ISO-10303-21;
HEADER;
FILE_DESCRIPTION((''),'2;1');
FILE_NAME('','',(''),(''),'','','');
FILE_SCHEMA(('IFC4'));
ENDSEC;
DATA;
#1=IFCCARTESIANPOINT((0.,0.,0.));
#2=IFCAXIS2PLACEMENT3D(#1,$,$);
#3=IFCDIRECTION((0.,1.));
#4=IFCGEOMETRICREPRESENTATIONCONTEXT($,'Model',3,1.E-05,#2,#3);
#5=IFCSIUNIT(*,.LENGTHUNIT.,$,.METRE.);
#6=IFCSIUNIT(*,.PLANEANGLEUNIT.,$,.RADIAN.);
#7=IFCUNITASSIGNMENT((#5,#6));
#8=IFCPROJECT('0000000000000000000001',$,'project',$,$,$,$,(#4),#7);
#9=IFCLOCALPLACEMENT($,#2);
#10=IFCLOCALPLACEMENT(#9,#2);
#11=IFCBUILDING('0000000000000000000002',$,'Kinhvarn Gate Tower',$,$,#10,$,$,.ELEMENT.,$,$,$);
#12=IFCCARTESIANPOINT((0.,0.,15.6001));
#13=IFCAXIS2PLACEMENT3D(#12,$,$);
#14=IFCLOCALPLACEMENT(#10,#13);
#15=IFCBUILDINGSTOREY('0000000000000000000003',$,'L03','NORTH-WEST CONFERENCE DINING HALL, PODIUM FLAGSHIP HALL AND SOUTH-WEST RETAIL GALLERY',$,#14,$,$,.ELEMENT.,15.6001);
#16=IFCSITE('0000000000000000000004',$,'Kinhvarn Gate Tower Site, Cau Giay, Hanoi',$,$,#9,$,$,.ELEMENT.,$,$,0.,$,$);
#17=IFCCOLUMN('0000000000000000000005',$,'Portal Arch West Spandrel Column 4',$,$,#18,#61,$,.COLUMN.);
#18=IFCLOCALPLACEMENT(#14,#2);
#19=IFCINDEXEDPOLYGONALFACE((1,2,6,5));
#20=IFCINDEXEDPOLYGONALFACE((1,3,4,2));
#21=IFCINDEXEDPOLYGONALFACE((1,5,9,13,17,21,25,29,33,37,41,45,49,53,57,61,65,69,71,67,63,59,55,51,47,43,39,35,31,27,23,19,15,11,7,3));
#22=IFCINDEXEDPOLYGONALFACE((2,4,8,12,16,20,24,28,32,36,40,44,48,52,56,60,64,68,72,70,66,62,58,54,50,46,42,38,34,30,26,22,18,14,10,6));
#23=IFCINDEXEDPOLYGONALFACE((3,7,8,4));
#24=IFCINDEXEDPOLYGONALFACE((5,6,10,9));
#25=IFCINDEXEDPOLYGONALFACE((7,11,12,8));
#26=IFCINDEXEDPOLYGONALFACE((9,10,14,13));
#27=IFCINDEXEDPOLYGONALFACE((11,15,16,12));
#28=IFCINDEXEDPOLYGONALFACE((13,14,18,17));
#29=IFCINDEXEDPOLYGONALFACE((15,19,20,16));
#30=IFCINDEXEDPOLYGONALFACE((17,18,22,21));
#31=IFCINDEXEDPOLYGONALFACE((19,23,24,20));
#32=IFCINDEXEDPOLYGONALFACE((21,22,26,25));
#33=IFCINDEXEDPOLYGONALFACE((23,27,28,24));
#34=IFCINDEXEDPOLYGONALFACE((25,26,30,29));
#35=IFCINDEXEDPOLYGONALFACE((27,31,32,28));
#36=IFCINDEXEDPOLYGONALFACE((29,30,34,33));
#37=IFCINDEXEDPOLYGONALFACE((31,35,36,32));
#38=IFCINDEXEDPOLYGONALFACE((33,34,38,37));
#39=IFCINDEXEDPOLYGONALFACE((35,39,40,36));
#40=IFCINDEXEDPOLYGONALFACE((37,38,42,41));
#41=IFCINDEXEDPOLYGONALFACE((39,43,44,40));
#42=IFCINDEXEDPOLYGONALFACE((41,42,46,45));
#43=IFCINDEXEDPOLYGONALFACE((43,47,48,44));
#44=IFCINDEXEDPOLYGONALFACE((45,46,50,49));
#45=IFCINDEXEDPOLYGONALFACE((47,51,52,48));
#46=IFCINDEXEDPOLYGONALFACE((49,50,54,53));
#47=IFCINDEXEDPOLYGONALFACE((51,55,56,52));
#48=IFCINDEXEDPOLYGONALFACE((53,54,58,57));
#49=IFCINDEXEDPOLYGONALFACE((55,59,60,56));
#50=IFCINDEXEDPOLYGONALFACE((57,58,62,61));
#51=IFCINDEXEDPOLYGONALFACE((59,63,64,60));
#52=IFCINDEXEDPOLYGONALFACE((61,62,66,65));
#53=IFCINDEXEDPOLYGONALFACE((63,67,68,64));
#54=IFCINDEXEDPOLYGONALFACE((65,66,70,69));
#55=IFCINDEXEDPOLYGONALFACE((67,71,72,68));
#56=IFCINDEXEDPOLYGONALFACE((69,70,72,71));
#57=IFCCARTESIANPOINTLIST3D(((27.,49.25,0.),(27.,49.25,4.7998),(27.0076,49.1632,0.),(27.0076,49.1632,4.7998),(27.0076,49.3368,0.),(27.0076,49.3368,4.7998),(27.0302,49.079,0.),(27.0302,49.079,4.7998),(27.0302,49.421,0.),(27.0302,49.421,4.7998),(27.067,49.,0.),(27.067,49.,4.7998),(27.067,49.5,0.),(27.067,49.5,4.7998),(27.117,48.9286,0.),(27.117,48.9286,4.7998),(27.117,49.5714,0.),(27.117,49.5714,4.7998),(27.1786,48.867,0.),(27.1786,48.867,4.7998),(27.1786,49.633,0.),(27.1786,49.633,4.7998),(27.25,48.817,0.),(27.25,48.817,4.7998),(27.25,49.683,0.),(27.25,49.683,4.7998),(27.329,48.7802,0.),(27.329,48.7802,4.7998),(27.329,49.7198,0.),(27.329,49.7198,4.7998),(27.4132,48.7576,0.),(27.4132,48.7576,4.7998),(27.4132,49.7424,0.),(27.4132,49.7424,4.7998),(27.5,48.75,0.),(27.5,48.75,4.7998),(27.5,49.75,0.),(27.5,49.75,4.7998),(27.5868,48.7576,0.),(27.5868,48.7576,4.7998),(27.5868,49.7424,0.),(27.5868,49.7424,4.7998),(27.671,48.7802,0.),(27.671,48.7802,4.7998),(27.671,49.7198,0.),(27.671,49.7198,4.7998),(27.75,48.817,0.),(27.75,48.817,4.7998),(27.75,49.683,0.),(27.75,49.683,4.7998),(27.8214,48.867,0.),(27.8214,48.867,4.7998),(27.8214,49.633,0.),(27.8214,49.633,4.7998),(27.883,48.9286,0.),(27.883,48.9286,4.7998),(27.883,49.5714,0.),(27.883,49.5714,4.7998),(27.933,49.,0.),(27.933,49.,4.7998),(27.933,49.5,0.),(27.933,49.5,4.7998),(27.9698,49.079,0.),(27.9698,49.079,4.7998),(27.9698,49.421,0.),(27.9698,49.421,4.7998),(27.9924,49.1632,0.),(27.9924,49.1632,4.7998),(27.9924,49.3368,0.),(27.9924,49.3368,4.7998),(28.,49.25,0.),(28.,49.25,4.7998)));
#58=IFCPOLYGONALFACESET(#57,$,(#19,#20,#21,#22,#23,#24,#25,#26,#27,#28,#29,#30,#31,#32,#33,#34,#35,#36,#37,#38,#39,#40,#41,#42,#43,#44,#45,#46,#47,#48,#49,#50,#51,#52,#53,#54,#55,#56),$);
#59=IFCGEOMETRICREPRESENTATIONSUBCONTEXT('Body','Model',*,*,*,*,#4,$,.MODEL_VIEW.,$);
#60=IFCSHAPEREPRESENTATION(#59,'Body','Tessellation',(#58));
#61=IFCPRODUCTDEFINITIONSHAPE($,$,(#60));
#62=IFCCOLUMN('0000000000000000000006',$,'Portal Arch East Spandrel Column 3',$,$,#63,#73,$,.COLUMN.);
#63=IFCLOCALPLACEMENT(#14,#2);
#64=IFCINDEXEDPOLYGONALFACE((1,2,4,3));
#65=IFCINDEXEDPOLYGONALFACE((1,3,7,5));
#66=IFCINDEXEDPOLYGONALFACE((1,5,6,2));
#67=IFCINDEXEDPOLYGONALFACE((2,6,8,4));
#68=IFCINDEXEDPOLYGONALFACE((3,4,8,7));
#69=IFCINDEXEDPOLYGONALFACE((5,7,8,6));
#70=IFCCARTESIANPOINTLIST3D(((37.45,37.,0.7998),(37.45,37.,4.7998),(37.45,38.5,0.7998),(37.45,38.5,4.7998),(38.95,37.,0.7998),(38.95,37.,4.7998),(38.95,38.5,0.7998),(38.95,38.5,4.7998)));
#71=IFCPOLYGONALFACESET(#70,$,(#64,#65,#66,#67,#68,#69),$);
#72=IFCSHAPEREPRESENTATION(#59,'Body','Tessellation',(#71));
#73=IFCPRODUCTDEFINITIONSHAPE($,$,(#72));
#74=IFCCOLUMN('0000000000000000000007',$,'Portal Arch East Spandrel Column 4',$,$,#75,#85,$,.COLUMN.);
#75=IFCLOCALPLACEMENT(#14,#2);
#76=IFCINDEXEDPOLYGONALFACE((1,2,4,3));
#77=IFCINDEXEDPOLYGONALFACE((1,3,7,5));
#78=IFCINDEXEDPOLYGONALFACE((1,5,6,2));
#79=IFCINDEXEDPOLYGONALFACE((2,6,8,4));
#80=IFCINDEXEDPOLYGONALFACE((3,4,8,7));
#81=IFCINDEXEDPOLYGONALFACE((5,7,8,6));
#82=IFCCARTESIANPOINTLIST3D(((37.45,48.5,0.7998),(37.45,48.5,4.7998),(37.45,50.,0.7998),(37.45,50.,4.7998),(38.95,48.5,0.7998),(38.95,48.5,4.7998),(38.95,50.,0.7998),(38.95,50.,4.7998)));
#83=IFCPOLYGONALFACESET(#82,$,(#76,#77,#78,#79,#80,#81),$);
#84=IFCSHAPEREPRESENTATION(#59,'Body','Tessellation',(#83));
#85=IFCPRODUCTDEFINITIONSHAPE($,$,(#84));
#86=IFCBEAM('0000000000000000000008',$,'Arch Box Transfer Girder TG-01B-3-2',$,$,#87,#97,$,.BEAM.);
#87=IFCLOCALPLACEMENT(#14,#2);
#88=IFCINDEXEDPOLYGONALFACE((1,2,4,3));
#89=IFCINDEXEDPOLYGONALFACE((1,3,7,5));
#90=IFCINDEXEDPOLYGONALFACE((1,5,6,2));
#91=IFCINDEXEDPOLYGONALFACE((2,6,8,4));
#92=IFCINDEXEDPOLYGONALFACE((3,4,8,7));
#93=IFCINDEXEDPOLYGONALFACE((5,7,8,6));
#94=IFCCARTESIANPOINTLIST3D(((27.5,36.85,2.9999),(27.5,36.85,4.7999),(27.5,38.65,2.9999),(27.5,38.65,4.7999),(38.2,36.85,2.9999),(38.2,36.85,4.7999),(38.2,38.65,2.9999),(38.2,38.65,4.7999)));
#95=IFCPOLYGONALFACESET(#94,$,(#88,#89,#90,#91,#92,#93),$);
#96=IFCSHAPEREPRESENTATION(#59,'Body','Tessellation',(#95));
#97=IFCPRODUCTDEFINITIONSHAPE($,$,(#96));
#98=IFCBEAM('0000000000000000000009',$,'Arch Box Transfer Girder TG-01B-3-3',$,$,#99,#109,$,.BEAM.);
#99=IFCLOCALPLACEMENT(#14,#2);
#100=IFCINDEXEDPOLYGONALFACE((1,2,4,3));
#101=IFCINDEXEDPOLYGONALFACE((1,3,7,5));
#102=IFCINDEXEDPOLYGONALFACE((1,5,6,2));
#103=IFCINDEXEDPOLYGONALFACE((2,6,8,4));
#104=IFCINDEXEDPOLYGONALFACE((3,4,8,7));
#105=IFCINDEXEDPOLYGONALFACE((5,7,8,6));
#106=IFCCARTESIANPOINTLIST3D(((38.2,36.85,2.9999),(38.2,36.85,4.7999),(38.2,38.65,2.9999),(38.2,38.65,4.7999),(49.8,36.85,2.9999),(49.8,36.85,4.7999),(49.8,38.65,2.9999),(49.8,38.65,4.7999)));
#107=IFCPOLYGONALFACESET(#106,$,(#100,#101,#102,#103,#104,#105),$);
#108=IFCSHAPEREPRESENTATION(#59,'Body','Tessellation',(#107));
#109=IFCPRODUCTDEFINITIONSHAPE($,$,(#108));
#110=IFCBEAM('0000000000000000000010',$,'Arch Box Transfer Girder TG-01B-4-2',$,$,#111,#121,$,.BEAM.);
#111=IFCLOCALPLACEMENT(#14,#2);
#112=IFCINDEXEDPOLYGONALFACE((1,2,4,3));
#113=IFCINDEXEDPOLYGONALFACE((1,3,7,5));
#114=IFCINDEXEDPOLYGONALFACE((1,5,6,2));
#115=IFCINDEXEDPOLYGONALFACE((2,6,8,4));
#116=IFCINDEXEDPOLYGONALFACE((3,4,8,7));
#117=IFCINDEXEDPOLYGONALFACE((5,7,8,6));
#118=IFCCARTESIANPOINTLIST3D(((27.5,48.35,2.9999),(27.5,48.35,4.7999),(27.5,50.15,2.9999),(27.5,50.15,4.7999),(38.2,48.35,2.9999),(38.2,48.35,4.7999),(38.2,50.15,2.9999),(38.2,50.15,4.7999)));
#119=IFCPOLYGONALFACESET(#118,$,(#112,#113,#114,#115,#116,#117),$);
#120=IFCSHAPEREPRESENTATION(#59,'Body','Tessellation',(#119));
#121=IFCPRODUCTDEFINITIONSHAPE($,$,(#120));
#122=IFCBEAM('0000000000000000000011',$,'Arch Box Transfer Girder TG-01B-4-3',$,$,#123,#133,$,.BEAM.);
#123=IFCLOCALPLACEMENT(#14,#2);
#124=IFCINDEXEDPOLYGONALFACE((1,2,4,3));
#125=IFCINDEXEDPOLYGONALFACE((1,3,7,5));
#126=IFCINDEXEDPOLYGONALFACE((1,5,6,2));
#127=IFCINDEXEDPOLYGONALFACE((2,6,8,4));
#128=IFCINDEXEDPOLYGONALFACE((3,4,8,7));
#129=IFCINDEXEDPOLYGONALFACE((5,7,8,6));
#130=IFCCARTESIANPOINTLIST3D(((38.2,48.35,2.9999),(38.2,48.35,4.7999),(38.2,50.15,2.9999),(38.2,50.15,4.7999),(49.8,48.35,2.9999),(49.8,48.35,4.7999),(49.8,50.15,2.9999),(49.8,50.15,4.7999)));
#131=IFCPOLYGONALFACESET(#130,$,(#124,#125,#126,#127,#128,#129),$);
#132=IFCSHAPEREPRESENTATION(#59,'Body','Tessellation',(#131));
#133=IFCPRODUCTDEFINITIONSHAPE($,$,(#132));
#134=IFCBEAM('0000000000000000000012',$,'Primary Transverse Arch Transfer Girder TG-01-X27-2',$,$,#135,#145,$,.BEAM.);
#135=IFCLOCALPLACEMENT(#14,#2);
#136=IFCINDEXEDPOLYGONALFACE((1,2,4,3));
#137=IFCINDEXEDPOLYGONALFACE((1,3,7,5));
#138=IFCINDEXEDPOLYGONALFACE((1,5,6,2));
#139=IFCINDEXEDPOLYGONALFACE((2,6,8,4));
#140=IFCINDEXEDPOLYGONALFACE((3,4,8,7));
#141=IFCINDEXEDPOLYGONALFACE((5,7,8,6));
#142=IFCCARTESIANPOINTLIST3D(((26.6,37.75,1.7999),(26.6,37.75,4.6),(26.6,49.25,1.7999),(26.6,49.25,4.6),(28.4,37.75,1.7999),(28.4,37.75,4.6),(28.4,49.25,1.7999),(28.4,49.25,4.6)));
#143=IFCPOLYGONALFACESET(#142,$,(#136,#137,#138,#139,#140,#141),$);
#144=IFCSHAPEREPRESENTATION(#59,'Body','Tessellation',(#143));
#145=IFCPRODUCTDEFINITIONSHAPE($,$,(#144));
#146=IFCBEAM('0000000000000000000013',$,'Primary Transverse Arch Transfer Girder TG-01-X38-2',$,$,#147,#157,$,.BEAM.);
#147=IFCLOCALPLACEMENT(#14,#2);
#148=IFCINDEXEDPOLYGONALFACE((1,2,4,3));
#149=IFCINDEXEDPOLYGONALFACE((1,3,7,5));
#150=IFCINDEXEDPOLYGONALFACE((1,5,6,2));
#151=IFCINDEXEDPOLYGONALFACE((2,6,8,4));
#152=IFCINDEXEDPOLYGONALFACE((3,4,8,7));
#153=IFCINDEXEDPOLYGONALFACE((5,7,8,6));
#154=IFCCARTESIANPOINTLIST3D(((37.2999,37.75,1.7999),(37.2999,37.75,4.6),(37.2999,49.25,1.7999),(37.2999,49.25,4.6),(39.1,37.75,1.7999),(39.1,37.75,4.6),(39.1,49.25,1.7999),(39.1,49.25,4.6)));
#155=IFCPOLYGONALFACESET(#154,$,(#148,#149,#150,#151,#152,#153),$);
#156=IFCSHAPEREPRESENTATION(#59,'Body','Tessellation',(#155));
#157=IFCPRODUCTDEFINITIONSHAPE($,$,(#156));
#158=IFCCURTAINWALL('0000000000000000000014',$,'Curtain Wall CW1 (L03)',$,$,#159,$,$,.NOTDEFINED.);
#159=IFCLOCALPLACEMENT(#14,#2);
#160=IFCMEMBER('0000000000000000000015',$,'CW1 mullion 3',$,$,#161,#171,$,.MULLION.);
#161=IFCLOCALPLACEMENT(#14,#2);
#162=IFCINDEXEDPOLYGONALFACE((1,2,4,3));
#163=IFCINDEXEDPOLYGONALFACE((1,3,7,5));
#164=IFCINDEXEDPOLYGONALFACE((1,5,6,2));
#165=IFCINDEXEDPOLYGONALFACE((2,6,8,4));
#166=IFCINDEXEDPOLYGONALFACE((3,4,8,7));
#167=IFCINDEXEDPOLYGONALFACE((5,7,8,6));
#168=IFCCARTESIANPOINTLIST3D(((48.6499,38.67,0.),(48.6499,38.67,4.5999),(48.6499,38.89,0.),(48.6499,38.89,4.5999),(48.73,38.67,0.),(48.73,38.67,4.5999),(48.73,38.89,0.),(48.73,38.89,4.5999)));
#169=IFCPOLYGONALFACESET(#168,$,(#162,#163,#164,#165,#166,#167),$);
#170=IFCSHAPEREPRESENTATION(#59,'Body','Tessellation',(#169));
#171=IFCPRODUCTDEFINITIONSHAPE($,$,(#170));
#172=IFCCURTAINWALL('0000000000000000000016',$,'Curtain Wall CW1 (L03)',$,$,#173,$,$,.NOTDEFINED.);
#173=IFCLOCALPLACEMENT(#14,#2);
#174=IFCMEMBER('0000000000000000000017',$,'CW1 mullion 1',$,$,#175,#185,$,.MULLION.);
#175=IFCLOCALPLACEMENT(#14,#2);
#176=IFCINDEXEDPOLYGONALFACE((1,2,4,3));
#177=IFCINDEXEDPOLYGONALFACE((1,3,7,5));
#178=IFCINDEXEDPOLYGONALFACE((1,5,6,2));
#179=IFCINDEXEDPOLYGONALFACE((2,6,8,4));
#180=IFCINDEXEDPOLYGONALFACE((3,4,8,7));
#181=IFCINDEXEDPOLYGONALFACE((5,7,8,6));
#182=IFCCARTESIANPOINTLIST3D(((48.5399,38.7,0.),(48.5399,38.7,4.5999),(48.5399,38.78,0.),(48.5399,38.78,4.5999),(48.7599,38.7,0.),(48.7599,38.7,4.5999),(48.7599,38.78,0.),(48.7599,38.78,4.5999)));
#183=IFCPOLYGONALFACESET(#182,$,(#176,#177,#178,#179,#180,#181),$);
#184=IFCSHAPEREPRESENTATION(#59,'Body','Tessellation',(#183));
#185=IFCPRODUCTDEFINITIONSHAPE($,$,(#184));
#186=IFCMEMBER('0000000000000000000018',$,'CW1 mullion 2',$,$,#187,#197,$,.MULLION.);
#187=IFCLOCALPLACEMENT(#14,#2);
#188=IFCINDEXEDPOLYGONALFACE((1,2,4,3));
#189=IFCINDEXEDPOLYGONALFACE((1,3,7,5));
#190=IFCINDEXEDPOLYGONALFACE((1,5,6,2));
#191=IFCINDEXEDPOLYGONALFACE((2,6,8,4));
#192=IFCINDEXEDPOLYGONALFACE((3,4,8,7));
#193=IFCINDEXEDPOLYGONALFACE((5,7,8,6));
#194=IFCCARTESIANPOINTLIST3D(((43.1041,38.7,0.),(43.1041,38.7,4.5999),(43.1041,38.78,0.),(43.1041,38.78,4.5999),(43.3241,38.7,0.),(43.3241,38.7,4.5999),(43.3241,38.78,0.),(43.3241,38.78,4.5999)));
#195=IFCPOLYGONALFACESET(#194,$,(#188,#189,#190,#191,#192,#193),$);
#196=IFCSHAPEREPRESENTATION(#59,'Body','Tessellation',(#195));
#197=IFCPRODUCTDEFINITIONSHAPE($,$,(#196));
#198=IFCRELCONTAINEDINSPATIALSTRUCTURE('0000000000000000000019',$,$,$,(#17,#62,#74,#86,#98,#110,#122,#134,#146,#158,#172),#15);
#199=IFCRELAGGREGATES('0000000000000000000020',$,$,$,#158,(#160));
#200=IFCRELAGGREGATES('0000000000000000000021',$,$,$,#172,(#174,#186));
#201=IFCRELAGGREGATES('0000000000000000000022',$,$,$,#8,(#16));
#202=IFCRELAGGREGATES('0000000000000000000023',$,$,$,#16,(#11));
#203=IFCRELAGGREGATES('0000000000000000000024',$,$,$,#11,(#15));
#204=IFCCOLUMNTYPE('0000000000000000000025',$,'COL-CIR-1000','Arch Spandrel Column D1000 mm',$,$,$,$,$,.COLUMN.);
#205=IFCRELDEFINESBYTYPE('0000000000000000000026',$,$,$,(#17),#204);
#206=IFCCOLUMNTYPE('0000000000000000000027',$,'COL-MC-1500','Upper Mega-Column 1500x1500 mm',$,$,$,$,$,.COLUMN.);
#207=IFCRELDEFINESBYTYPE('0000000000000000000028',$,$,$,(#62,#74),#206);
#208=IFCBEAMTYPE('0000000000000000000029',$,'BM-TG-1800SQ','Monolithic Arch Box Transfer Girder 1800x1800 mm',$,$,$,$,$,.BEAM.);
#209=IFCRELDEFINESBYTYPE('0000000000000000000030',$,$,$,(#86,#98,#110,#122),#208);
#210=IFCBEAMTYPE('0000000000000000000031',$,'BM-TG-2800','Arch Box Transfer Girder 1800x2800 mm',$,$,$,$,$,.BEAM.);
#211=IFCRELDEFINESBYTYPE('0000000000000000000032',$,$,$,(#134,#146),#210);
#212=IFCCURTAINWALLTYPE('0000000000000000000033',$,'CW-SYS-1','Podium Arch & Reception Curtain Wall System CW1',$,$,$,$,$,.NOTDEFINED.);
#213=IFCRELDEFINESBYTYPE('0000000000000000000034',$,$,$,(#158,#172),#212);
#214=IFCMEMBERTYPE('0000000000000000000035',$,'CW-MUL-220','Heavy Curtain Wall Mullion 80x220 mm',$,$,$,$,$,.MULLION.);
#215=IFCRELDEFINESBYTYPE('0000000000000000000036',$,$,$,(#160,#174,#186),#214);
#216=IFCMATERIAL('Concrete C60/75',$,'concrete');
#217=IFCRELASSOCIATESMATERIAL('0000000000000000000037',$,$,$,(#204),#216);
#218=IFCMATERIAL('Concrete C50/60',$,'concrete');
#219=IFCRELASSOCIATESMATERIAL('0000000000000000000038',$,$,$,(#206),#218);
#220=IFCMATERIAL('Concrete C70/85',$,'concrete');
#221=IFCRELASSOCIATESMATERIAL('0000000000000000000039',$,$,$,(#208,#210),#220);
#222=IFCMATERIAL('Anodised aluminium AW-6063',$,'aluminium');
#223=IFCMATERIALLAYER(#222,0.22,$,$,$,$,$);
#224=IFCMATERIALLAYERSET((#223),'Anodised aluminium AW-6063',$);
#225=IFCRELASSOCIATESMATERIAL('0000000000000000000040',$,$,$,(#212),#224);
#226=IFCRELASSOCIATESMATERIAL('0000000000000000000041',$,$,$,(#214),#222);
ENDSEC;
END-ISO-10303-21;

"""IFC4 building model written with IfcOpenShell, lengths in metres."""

from ifc_helpers import new_model, si_unit, direction, frame, origin, origin_2d, place, context, subcontext, project, spatial, rectangle, circle, extrude, material, layer, layer_set, material_profile, profile_set, type_object, element, aggregate, save


model = new_model("IFC4")

# Units and contexts
model_context = context("Model", 3, precision=1e-05, world=origin(), true_north=direction((0.0, 1.0)))
body_context = subcontext(model_context, "Body", "Model", "MODEL_VIEW")
ifc_project = project(units=[si_unit("LENGTHUNIT", "METRE"), si_unit("PLANEANGLEUNIT", "RADIAN")], contexts=[model_context])

# Site, building, storey
site_placement = place(None, origin())
site = spatial("IfcSite", under=ifc_project, at=site_placement, Name="Kinhvarn Gate Tower Site, Cau Giay, Hanoi", CompositionType="ELEMENT", RefElevation=0.0)
building_placement = place(site_placement, origin())
building = spatial("IfcBuilding", under=site, at=building_placement, Name="Kinhvarn Gate Tower", CompositionType="ELEMENT")
storey_placement = place(building_placement, frame((0.0, 0.0, 15.6001)))
storey = spatial("IfcBuildingStorey", under=building, at=storey_placement, Name="L03", Description="NORTH-WEST CONFERENCE DINING HALL, PODIUM FLAGSHIP HALL AND SOUTH-WEST RETAIL GALLERY", CompositionType="ELEMENT", Elevation=15.6001)

# Columns
ifc_material_1 = material(Name="Concrete C60/75", Category="concrete")
ifc_material_profile_1 = material_profile(ifc_material_1, circle(Radius=0.5, at=origin_2d()), Name="RC D1000")
ifc_profile_set_1 = profile_set([ifc_material_profile_1], Name="Concrete C60/75")
column_type_1 = type_object("IfcColumnType", Name="COL-CIR-1000", Description="Arch Spandrel Column D1000 mm", PredefinedType="COLUMN", material=ifc_profile_set_1)
column_placement = place(storey_placement, frame((27.5, 49.25, 0.0), z_axis=(0.0, 0.0, 1.0), x_axis=(1.0, 0.0, 0.0)))
element("IfcColumn", 1, at=column_placement, inside=storey, type_object=column_type_1, Name="Portal Arch West Spandrel Column 4", PredefinedType="COLUMN", context=body_context, shape_type="SweptSolid", body=[
    extrude(circle(Radius=0.5, at=origin_2d()), origin(), (0.0, 0.0, 1.0), 4.7998),
])
ifc_material_2 = material(Name="Concrete C50/60", Category="concrete")
ifc_material_profile_2 = material_profile(ifc_material_2, rectangle(XDim=1.5, YDim=1.5, at=origin_2d()), Name="RC 1500x1500")
ifc_profile_set_2 = profile_set([ifc_material_profile_2], Name="Concrete C50/60")
column_type_2 = type_object("IfcColumnType", Name="COL-MC-1500", Description="Upper Mega-Column 1500x1500 mm", PredefinedType="COLUMN", material=ifc_profile_set_2)
for number, where, z_axis, x_axis, name in (
    (2, (38.2, 37.75, 0.7998), (0.0, 0.0, 1.0), (1.0, 0.0, 0.0), "Portal Arch East Spandrel Column 3"),
    (3, (38.2, 49.25, 0.7998), (0.0, 0.0, 1.0), (1.0, 0.0, 0.0), "Portal Arch East Spandrel Column 4"),
):
    element("IfcColumn", number, at=place(storey_placement, frame(where, z_axis=z_axis, x_axis=x_axis)), inside=storey, type_object=column_type_2, Name=name, PredefinedType="COLUMN", context=body_context, shape_type="SweptSolid", body=[
        extrude(rectangle(XDim=1.5, YDim=1.5, at=origin_2d()), origin(), (0.0, 0.0, 1.0), 4.0),
    ])

# Beams
ifc_material_3 = material(Name="Concrete C70/85", Category="concrete")
ifc_material_profile_3 = material_profile(ifc_material_3, rectangle(XDim=1.8, YDim=1.8, at=origin_2d()), Name="RC 1800x1800")
ifc_profile_set_3 = profile_set([ifc_material_profile_3], Name="Concrete C70/85")
beam_type_1 = type_object("IfcBeamType", Name="BM-TG-1800SQ", Description="Monolithic Arch Box Transfer Girder 1800x1800 mm", PredefinedType="BEAM", material=ifc_profile_set_3)
beam_1_placement = place(storey_placement, frame((27.5, 37.75, 3.8999), z_axis=(1.0, 0.0, 0.0), x_axis=(0.0, 1.0, 0.0)))
element("IfcBeam", 4, at=beam_1_placement, inside=storey, type_object=beam_type_1, Name="Arch Box Transfer Girder TG-01B-3-2", PredefinedType="BEAM", context=body_context, shape_type="SweptSolid", body=[
    extrude(rectangle(XDim=1.8, YDim=1.8, at=origin_2d()), origin(), (0.0, 0.0, 1.0), 10.7),
])
beam_2_placement = place(storey_placement, frame((38.2, 37.75, 3.8999), z_axis=(1.0, 0.0, 0.0), x_axis=(0.0, 1.0, 0.0)))
element("IfcBeam", 5, at=beam_2_placement, inside=storey, type_object=beam_type_1, Name="Arch Box Transfer Girder TG-01B-3-3", PredefinedType="BEAM", context=body_context, shape_type="SweptSolid", body=[
    extrude(rectangle(XDim=1.8, YDim=1.8, at=origin_2d()), origin(), (0.0, 0.0, 1.0), 11.6001),
])
beam_3_placement = place(storey_placement, frame((27.5, 49.25, 3.8999), z_axis=(1.0, 0.0, 0.0), x_axis=(0.0, 1.0, 0.0)))
element("IfcBeam", 6, at=beam_3_placement, inside=storey, type_object=beam_type_1, Name="Arch Box Transfer Girder TG-01B-4-2", PredefinedType="BEAM", context=body_context, shape_type="SweptSolid", body=[
    extrude(rectangle(XDim=1.8, YDim=1.8, at=origin_2d()), origin(), (0.0, 0.0, 1.0), 10.7),
])
beam_4_placement = place(storey_placement, frame((38.2, 49.25, 3.8999), z_axis=(1.0, 0.0, 0.0), x_axis=(0.0, 1.0, 0.0)))
element("IfcBeam", 7, at=beam_4_placement, inside=storey, type_object=beam_type_1, Name="Arch Box Transfer Girder TG-01B-4-3", PredefinedType="BEAM", context=body_context, shape_type="SweptSolid", body=[
    extrude(rectangle(XDim=1.8, YDim=1.8, at=origin_2d()), origin(), (0.0, 0.0, 1.0), 11.6001),
])
ifc_material_profile_4 = material_profile(ifc_material_3, rectangle(XDim=1.8, YDim=2.8, at=origin_2d()), Name="RC 1800x2800")
ifc_profile_set_4 = profile_set([ifc_material_profile_4], Name="Concrete C70/85")
beam_type_2 = type_object("IfcBeamType", Name="BM-TG-2800", Description="Arch Box Transfer Girder 1800x2800 mm", PredefinedType="BEAM", material=ifc_profile_set_4)
for number, where, z_axis, x_axis, name in (
    (8, (27.5, 37.75, 3.2), (0.0, 1.0, 0.0), (-1.0, 0.0, 0.0), "Primary Transverse Arch Transfer Girder TG-01-X27-2"),
    (9, (38.2, 37.75, 3.2), (0.0, 1.0, 0.0), (-1.0, 0.0, 0.0), "Primary Transverse Arch Transfer Girder TG-01-X38-2"),
):
    element("IfcBeam", number, at=place(storey_placement, frame(where, z_axis=z_axis, x_axis=x_axis)), inside=storey, type_object=beam_type_2, Name=name, PredefinedType="BEAM", context=body_context, shape_type="SweptSolid", body=[
        extrude(rectangle(XDim=1.8, YDim=2.8, at=origin_2d()), origin(), (0.0, 0.0, 1.0), 11.5),
    ])

# Curtain wall, member
ifc_material_4 = material(Name="Anodised aluminium AW-6063", Category="aluminium")
ifc_layer_1 = layer(ifc_material_4, 0.22)
ifc_layer_set_1 = layer_set([ifc_layer_1], Name="Anodised aluminium AW-6063")
curtain_wall_type = type_object("IfcCurtainWallType", Name="CW-SYS-1", Description="Podium Arch & Reception Curtain Wall System CW1", PredefinedType="NOTDEFINED", material=ifc_layer_set_1)
curtain_wall_1_placement = place(storey_placement, origin())
curtain_wall_1 = element("IfcCurtainWall", 10, at=curtain_wall_1_placement, inside=storey, type_object=curtain_wall_type, Name="Curtain Wall CW1 (L03)", PredefinedType="NOTDEFINED")
ifc_material_profile_5 = material_profile(ifc_material_4, rectangle(XDim=0.0801, YDim=0.22, at=origin_2d()), Name="ALU 80x220")
ifc_profile_set_5 = profile_set([ifc_material_profile_5], Name="Anodised aluminium AW-6063")
member_type_1 = type_object("IfcMemberType", Name="CW-MUL-220", Description="Heavy Curtain Wall Mullion 80x220 mm", PredefinedType="MULLION", material=ifc_profile_set_5)
member_1_placement = place(storey_placement, frame((48.6899, 38.78, 0.0), z_axis=(0.0, 0.0, 1.0), x_axis=(1.0, 0.0, 0.0)))
member_1 = element("IfcMember", 11, at=member_1_placement, type_object=member_type_1, Name="CW1 mullion 3", PredefinedType="MULLION", context=body_context, shape_type="SweptSolid", body=[
    extrude(rectangle(XDim=0.0801, YDim=0.22, at=origin_2d()), origin(), (0.0, 0.0, 1.0), 4.5999),
])
aggregate(curtain_wall_1, [member_1])

# Curtain wall, members
curtain_wall_2_placement = place(storey_placement, origin())
curtain_wall_2 = element("IfcCurtainWall", 12, at=curtain_wall_2_placement, inside=storey, type_object=curtain_wall_type, Name="Curtain Wall CW1 (L03)", PredefinedType="NOTDEFINED")
member_2_placement = place(storey_placement, frame((48.6499, 38.74, 0.0), z_axis=(0.0, 0.0, 1.0), x_axis=(0.0, -1.0, 0.0)))
member_2 = element("IfcMember", 13, at=member_2_placement, type_object=member_type_1, Name="CW1 mullion 1", PredefinedType="MULLION", context=body_context, shape_type="SweptSolid", body=[
    extrude(rectangle(XDim=0.0801, YDim=0.22, at=origin_2d()), origin(), (0.0, 0.0, 1.0), 4.5999),
])
member_3_placement = place(storey_placement, frame((43.2141, 38.74, 0.0), z_axis=(0.0, 0.0, 1.0), x_axis=(0.0, -1.0, 0.0)))
member_3 = element("IfcMember", 14, at=member_3_placement, type_object=member_type_1, Name="CW1 mullion 2", PredefinedType="MULLION", context=body_context, shape_type="SweptSolid", body=[
    extrude(rectangle(XDim=0.0801, YDim=0.22, at=origin_2d()), origin(), (0.0, 0.0, 1.0), 4.5999),
])
aggregate(curtain_wall_2, [member_2, member_3])

save(model, "model.ifc")
